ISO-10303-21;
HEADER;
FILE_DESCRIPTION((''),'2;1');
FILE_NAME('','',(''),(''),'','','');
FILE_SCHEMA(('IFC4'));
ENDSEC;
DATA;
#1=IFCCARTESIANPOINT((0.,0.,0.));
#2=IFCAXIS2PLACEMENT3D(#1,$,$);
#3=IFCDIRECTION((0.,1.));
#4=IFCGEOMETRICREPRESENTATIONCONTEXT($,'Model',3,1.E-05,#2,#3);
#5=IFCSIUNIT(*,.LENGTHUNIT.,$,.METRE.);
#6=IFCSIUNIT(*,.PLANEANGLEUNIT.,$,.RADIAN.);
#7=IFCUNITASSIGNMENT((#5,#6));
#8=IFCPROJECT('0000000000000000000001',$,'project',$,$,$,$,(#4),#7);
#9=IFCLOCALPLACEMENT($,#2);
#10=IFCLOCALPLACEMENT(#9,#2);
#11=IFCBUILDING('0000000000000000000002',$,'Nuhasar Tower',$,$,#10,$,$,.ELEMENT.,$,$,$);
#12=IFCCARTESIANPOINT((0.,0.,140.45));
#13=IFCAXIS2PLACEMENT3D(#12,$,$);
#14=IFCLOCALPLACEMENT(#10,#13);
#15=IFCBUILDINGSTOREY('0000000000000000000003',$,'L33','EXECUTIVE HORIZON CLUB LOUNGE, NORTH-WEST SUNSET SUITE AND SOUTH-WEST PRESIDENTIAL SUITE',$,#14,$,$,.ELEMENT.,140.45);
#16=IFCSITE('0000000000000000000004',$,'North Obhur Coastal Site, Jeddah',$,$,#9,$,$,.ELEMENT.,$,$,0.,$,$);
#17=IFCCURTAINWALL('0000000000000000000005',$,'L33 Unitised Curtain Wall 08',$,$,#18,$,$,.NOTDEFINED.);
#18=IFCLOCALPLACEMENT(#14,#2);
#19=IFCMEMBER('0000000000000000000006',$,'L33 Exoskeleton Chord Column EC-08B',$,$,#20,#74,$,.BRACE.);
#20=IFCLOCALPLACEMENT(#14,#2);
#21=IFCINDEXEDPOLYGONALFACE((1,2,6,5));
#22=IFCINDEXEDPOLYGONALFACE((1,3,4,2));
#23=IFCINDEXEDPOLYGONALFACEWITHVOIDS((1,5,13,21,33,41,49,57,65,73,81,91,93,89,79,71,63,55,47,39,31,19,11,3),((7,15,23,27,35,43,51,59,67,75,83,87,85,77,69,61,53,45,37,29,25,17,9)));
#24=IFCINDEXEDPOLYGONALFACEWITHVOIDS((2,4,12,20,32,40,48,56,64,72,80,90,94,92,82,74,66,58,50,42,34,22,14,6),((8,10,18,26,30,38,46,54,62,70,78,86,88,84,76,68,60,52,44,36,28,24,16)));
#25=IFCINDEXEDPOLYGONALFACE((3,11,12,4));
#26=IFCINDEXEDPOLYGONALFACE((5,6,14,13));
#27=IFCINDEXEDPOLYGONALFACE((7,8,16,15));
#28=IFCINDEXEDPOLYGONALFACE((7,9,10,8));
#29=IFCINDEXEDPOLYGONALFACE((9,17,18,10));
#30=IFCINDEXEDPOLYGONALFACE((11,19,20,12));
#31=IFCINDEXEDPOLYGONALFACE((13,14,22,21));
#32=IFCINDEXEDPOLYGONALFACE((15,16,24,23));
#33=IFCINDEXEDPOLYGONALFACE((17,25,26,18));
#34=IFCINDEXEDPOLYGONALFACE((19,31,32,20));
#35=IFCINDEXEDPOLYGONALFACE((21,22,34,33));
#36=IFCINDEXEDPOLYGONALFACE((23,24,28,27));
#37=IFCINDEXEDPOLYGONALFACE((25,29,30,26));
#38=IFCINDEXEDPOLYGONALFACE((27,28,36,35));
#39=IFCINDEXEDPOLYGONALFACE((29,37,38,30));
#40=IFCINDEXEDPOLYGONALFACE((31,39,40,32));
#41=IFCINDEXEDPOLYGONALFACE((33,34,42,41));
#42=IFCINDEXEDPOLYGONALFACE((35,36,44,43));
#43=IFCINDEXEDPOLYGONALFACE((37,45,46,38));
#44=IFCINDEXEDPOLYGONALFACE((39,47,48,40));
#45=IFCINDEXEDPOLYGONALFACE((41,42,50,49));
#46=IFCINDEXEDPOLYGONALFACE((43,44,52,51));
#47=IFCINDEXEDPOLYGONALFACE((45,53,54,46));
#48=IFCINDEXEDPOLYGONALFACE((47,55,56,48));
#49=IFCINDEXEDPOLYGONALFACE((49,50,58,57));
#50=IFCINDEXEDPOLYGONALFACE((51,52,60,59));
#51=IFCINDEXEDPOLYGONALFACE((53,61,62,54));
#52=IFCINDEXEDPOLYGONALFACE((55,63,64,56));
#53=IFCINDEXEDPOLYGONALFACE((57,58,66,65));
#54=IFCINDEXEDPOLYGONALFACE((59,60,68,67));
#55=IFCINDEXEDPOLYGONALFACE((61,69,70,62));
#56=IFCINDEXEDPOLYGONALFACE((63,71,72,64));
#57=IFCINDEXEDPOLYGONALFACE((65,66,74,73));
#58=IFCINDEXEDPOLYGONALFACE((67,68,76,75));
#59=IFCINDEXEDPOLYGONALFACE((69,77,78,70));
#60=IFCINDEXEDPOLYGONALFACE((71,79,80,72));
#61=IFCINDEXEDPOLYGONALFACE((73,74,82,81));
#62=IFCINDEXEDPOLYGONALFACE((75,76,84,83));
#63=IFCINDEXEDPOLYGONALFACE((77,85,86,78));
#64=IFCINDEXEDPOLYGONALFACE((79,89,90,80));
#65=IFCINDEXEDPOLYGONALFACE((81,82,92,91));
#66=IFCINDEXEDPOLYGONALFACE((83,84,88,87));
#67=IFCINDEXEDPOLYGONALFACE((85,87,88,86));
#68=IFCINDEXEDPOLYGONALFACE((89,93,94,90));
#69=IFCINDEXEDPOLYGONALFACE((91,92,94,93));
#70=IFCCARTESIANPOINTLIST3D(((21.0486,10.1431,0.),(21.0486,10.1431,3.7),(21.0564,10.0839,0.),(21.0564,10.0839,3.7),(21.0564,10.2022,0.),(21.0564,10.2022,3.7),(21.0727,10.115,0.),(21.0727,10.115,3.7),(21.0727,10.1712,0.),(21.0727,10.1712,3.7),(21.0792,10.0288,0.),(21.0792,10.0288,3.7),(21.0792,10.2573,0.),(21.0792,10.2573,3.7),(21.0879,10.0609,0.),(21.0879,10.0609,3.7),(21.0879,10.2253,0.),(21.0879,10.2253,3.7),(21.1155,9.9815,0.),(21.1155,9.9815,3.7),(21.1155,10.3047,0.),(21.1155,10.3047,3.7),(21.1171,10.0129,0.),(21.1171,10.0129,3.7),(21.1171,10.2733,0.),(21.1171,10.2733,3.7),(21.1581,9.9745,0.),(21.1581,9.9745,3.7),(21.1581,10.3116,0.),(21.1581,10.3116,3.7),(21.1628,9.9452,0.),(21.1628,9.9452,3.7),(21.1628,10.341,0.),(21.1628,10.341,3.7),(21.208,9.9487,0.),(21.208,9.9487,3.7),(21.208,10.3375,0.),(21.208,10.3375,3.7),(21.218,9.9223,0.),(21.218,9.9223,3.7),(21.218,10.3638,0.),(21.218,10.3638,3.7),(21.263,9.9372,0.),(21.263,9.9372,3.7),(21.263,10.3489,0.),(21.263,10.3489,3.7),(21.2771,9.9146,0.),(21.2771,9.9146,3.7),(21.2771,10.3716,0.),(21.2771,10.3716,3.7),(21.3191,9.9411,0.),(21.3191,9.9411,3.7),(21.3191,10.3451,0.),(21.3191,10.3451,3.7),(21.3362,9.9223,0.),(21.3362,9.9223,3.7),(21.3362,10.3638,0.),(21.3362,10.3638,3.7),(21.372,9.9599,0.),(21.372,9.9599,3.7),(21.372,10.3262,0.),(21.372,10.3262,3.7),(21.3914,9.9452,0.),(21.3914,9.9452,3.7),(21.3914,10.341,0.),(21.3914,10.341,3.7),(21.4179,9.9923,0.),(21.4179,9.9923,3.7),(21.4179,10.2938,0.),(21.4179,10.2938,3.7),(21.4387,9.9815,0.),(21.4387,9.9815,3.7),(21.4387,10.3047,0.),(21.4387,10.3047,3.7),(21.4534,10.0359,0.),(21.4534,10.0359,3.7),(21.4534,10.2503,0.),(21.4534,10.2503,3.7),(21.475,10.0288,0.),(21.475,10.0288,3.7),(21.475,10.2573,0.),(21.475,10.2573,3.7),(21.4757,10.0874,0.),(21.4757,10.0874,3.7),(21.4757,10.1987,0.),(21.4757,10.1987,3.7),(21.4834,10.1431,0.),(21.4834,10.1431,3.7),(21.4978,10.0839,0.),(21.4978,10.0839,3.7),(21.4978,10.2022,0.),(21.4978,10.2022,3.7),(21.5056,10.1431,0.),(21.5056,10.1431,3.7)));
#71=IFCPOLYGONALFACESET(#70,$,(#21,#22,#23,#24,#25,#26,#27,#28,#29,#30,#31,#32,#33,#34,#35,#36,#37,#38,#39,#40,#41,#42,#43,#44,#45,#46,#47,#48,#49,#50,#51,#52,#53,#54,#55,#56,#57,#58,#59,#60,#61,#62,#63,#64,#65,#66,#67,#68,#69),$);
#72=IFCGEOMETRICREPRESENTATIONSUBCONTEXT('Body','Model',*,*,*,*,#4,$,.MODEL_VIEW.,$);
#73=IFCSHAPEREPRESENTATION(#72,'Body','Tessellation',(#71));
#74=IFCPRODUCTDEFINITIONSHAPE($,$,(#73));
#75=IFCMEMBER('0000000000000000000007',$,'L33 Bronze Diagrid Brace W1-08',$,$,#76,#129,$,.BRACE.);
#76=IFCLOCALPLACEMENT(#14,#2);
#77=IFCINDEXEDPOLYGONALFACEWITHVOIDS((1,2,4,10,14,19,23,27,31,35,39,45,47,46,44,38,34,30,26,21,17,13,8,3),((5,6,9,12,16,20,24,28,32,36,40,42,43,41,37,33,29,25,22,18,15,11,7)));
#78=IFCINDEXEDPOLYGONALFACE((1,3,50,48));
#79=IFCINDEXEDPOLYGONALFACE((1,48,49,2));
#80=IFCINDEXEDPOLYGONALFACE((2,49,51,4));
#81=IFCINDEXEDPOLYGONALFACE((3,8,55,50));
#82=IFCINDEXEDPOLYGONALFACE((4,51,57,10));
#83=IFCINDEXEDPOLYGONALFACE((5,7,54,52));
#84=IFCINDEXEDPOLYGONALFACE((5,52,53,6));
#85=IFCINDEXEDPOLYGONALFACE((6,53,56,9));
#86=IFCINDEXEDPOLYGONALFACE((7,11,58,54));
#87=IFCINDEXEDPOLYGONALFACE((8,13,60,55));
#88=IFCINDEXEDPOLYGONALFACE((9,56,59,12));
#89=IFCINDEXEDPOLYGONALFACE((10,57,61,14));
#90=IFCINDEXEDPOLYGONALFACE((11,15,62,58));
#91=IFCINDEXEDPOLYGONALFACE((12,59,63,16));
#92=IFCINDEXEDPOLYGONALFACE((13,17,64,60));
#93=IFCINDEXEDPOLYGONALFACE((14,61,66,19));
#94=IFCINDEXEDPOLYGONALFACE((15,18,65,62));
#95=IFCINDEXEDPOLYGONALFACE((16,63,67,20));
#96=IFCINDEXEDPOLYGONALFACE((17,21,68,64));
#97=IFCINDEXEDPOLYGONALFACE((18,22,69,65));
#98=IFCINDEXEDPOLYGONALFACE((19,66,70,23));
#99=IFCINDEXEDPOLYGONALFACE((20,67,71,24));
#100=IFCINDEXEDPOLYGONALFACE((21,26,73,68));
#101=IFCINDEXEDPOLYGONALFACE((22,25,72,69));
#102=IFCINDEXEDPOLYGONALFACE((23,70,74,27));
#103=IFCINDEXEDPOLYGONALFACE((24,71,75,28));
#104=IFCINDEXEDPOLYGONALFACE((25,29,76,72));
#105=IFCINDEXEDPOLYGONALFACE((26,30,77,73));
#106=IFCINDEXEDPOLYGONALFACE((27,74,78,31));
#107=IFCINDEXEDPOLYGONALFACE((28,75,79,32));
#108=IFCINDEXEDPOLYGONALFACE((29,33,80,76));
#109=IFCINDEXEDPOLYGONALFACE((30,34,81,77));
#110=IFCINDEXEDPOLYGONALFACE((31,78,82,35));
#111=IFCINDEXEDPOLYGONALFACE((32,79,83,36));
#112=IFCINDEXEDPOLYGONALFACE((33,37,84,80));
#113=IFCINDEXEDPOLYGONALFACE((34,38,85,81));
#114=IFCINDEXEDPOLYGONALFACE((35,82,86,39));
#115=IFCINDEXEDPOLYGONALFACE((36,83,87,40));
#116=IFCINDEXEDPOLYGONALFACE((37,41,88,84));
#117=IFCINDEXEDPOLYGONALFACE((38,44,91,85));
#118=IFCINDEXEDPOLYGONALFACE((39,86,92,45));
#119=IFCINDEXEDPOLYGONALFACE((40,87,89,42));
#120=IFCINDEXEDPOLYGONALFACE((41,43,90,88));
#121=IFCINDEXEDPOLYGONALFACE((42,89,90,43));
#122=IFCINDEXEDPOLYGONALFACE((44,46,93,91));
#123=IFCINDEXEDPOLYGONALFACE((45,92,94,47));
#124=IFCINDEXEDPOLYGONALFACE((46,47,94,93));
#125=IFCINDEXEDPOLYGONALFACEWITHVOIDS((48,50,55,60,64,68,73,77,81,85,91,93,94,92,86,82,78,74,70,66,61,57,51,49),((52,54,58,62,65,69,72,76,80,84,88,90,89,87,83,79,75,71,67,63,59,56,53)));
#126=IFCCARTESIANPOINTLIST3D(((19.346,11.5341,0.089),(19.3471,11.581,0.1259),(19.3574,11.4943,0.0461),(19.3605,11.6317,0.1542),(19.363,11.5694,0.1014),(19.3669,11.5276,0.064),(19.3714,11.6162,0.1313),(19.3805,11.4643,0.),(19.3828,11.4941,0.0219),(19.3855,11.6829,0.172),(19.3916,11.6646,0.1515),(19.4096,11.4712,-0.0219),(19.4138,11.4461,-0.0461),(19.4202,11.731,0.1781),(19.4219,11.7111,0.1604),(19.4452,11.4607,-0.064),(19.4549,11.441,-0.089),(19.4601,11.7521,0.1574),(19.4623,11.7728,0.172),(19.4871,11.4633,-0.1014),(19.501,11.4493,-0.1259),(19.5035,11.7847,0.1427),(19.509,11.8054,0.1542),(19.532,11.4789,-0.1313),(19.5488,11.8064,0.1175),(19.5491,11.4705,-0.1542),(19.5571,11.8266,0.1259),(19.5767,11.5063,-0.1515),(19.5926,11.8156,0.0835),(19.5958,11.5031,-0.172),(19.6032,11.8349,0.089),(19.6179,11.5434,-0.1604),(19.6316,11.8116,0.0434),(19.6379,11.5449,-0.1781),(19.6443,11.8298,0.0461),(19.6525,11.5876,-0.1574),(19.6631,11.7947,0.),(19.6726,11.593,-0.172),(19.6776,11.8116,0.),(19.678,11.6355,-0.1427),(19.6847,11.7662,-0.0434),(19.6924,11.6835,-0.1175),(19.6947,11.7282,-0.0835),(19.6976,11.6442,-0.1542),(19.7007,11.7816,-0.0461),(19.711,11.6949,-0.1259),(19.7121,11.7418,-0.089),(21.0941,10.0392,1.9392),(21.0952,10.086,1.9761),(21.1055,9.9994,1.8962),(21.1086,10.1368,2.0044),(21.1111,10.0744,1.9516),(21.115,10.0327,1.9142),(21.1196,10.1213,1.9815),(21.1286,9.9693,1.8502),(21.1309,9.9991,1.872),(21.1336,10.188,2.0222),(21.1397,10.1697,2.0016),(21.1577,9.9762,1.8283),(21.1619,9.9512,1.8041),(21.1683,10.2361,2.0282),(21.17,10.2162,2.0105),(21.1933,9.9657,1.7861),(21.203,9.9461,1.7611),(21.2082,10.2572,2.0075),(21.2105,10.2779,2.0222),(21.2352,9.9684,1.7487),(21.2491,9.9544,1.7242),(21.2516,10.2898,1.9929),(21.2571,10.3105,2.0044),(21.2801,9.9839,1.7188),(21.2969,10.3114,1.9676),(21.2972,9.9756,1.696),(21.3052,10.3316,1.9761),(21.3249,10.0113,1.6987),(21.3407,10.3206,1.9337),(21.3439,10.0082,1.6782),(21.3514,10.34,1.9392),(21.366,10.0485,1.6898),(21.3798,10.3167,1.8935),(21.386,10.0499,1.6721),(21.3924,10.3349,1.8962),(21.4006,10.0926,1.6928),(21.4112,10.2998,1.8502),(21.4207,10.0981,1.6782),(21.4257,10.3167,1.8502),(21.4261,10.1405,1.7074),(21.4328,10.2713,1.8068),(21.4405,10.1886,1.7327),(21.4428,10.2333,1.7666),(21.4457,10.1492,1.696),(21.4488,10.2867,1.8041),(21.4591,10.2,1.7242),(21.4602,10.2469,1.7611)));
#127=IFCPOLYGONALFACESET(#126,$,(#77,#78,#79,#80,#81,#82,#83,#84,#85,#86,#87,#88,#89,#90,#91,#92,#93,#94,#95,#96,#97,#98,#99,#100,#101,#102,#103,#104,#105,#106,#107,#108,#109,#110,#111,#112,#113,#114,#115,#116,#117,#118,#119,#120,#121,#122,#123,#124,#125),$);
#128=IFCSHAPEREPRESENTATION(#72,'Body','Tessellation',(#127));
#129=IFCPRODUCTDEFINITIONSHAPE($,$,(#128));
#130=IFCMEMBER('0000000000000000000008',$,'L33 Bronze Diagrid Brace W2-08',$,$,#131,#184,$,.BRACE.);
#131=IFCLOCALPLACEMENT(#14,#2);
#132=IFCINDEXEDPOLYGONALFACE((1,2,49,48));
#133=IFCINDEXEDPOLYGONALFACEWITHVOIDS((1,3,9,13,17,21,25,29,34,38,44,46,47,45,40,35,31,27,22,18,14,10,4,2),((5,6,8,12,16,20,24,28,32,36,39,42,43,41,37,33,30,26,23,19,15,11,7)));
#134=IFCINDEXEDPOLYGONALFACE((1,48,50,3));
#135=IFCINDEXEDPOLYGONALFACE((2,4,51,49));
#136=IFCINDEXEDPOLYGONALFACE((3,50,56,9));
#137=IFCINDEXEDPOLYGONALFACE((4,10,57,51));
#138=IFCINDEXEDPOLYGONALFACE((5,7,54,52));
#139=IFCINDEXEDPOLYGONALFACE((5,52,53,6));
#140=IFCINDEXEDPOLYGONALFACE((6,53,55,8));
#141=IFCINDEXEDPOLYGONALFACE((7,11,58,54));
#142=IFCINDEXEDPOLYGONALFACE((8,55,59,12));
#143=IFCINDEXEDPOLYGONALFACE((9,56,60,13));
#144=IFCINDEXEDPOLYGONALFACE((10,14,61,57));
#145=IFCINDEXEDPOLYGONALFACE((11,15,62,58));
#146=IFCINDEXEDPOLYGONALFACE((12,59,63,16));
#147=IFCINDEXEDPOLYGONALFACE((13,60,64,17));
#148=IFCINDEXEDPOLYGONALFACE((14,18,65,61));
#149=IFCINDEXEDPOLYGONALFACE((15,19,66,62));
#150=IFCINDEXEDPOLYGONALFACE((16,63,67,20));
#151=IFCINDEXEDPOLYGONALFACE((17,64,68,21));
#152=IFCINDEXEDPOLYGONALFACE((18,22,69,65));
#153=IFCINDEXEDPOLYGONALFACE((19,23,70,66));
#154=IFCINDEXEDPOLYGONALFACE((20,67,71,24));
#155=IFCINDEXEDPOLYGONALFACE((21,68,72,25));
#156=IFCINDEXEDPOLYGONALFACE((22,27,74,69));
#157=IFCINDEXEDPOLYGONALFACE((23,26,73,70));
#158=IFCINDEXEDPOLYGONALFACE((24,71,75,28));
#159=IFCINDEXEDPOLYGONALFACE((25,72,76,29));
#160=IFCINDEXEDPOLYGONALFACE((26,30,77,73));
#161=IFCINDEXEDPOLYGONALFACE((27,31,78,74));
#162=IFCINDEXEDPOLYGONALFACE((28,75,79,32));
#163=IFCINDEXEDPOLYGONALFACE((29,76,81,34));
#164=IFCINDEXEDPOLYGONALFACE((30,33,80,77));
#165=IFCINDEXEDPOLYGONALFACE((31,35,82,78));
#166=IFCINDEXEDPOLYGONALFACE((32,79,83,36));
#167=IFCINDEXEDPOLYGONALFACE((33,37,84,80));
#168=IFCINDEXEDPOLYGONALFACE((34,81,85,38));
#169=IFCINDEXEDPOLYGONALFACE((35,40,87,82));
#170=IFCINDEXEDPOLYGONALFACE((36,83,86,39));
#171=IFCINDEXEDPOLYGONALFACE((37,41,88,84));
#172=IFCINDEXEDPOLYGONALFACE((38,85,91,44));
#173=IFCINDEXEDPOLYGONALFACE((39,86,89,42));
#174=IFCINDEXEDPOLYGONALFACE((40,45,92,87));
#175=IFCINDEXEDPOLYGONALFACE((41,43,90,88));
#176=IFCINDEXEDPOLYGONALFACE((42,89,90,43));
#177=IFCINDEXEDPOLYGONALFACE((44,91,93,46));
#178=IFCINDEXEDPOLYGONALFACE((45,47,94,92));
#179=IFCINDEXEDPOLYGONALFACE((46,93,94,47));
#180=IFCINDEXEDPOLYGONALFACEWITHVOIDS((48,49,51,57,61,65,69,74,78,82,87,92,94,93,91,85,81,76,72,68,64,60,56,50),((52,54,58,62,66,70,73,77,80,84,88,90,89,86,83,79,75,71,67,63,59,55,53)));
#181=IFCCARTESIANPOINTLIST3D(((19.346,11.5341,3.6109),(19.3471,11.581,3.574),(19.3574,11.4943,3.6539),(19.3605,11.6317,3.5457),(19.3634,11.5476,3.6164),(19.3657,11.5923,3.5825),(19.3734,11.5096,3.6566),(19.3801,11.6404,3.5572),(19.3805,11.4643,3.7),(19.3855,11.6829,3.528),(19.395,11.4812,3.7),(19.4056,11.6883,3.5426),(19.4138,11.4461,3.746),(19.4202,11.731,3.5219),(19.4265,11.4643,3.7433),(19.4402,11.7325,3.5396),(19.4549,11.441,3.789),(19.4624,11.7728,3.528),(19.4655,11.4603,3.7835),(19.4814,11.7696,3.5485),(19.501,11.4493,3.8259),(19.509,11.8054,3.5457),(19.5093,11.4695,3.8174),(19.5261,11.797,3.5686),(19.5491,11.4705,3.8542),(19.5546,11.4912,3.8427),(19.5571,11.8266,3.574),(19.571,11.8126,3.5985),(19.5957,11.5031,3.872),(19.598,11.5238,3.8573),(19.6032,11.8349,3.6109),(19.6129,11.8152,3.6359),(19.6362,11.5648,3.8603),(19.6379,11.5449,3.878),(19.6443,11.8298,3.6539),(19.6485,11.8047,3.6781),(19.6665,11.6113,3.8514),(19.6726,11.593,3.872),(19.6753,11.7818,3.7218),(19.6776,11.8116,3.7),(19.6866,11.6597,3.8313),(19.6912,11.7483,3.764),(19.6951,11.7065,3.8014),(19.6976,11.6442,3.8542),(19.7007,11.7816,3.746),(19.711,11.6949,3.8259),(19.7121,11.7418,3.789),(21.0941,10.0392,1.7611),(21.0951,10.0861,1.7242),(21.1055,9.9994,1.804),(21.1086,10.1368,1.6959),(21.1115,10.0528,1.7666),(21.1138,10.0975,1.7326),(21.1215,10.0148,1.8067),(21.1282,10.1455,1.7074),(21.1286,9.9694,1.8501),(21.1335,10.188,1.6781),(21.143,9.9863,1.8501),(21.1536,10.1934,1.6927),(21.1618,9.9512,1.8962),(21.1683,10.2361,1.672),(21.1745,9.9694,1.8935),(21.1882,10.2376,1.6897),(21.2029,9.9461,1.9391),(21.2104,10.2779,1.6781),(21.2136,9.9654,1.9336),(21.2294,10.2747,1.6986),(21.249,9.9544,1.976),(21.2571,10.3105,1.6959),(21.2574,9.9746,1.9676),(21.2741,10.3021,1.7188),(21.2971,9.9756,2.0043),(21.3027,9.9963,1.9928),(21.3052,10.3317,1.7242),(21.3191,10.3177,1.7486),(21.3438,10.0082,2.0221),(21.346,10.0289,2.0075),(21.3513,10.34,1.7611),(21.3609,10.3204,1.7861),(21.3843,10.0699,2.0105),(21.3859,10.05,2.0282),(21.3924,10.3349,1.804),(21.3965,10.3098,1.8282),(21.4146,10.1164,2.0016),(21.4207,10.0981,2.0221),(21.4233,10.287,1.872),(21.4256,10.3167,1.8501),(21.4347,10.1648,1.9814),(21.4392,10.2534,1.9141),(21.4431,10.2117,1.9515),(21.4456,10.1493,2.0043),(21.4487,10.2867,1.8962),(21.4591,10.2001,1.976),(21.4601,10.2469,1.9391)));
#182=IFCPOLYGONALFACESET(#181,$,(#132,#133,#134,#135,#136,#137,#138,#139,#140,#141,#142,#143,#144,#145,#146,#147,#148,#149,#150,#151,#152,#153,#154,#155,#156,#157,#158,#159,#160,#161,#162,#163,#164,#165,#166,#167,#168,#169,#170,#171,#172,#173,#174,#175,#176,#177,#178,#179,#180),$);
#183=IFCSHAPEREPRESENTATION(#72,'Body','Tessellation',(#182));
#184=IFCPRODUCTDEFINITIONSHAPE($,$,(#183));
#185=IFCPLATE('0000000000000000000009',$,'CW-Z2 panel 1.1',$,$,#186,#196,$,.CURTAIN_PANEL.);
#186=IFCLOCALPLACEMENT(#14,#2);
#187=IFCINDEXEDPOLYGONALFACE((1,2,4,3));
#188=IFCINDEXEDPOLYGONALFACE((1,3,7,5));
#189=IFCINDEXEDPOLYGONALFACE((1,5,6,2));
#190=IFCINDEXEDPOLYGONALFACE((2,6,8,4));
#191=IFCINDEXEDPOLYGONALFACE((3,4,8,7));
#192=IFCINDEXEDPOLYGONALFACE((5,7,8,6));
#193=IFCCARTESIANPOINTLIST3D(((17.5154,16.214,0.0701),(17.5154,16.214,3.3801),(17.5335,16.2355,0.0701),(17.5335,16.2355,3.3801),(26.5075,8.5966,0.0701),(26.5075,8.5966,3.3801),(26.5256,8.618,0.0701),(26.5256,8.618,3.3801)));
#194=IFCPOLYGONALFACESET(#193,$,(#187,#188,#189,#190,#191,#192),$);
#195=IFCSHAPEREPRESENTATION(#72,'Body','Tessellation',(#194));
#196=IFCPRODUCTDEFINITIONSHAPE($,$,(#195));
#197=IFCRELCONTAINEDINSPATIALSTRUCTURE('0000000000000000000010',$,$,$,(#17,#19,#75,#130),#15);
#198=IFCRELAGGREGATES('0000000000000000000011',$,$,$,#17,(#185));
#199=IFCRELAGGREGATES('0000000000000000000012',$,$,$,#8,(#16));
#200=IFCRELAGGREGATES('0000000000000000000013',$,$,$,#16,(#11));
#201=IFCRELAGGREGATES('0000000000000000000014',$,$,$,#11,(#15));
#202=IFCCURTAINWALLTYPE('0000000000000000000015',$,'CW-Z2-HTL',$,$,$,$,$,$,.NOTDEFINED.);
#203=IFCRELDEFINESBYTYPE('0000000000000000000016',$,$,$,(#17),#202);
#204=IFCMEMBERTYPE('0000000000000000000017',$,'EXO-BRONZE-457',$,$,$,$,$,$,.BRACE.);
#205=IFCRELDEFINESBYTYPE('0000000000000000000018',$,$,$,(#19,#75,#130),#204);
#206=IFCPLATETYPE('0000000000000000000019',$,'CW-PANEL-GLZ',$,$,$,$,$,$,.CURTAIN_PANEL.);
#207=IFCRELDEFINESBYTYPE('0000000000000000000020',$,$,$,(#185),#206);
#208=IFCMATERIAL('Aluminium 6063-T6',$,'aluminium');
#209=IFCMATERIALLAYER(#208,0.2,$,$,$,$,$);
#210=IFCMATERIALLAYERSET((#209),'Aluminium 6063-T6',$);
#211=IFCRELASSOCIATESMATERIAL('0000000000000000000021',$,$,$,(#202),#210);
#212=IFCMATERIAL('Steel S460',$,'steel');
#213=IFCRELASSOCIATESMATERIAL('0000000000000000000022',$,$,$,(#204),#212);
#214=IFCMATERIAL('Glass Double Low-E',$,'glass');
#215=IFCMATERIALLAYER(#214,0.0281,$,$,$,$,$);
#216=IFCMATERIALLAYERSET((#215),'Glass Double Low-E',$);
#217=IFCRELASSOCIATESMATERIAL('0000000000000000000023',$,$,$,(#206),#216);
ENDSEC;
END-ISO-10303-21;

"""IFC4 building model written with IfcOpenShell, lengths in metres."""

from ifc_helpers import new_model, si_unit, direction, frame, origin, origin_2d, place, context, subcontext, project, spatial, rectangle, hollow_circle, extrude, material, layer, layer_set, material_profile, profile_set, type_object, element, aggregate, save


model = new_model("IFC4")

# Units and contexts
model_context = context("Model", 3, precision=1e-05, world=origin(), true_north=direction((0.0, 1.0)))
body_context = subcontext(model_context, "Body", "Model", "MODEL_VIEW")
ifc_project = project(units=[si_unit("LENGTHUNIT", "METRE"), si_unit("PLANEANGLEUNIT", "RADIAN")], contexts=[model_context])

# Site, building, storey
site_placement = place(None, origin())
site = spatial("IfcSite", under=ifc_project, at=site_placement, Name="North Obhur Coastal Site, Jeddah", CompositionType="ELEMENT", RefElevation=0.0)
building_placement = place(site_placement, origin())
building = spatial("IfcBuilding", under=site, at=building_placement, Name="Nuhasar Tower", CompositionType="ELEMENT")
storey_placement = place(building_placement, frame((0.0, 0.0, 140.45)))
storey = spatial("IfcBuildingStorey", under=building, at=storey_placement, Name="L33", Description="EXECUTIVE HORIZON CLUB LOUNGE, NORTH-WEST SUNSET SUITE AND SOUTH-WEST PRESIDENTIAL SUITE", CompositionType="ELEMENT", Elevation=140.45)

# Curtain wall
ifc_material_1 = material(Name="Aluminium 6063-T6", Category="aluminium")
ifc_layer_1 = layer(ifc_material_1, 0.2)
ifc_layer_set_1 = layer_set([ifc_layer_1], Name="Aluminium 6063-T6")
curtain_wall_type = type_object("IfcCurtainWallType", Name="CW-Z2-HTL", PredefinedType="NOTDEFINED", material=ifc_layer_set_1)
curtain_wall_1_placement = place(storey_placement, origin())
curtain_wall_1 = element("IfcCurtainWall", 1, at=curtain_wall_1_placement, inside=storey, type_object=curtain_wall_type, Name="L33 Unitised Curtain Wall 08", PredefinedType="NOTDEFINED")

# Members
ifc_material_2 = material(Name="Steel S460", Category="steel")
ifc_material_profile_1 = material_profile(ifc_material_2, hollow_circle(Radius=0.2285, WallThickness=0.0222, at=origin_2d()), Name="HSS457X22.2")
ifc_profile_set_1 = profile_set([ifc_material_profile_1], Name="Steel S460")
member_type_1 = type_object("IfcMemberType", Name="EXO-BRONZE-457", PredefinedType="BRACE", material=ifc_profile_set_1)
for number, where, z_axis, x_axis, name in (
    (2, (21.2771, 10.1431, 0.0), (0.0, 0.0, 1.0), (1.0, 0.0, 0.0), "L33 Exoskeleton Chord Column EC-08B"),
):
    element("IfcMember", number, at=place(storey_placement, frame(where, z_axis=z_axis, x_axis=x_axis)), inside=storey, type_object=member_type_1, Name=name, PredefinedType="BRACE", context=body_context, shape_type="SweptSolid", body=[
        extrude(hollow_circle(Radius=0.2285, WallThickness=0.0222, at=origin_2d()), origin(), (0.0, 0.0, 1.0), 3.7),
    ])
member_1_placement = place(storey_placement, frame((19.5291, 11.6379, 0.0), z_axis=(0.592195, -0.506426, 0.626767), x_axis=(0.649926, 0.759998, 0.0)))
element("IfcMember", 3, at=member_1_placement, inside=storey, type_object=member_type_1, Name="L33 Bronze Diagrid Brace W1-08", PredefinedType="BRACE", context=body_context, shape_type="SweptSolid", body=[
    extrude(hollow_circle(Radius=0.2285, WallThickness=0.0222, at=origin_2d()), origin(), (0.0, 0.0, 1.0), 2.9519),
])
member_2_placement = place(storey_placement, frame((21.2771, 10.1431, 1.8501), z_axis=(-0.592226, 0.506452, 0.626717), x_axis=(-0.649926, -0.759998, 0.0)))
element("IfcMember", 4, at=member_2_placement, inside=storey, type_object=member_type_1, Name="L33 Bronze Diagrid Brace W2-08", PredefinedType="BRACE", context=body_context, shape_type="SweptSolid", body=[
    extrude(hollow_circle(Radius=0.2285, WallThickness=0.0222, at=origin_2d()), origin(), (0.0, 0.0, 1.0), 2.9517),
])

# Plate
ifc_material_3 = material(Name="Glass Double Low-E", Category="glass")
ifc_layer_2 = layer(ifc_material_3, 0.0281)
ifc_layer_set_2 = layer_set([ifc_layer_2], Name="Glass Double Low-E")
plate_type = type_object("IfcPlateType", Name="CW-PANEL-GLZ", PredefinedType="CURTAIN_PANEL", material=ifc_layer_set_2)
plate_placement = place(storey_placement, frame((22.0205, 12.416, 0.0701), z_axis=(0.0, 0.0, 1.0), x_axis=(0.76302, -0.646374, 0.0)))
plate = element("IfcPlate", 5, at=plate_placement, type_object=plate_type, Name="CW-Z2 panel 1.1", PredefinedType="CURTAIN_PANEL", context=body_context, shape_type="SweptSolid", body=[
    extrude(rectangle(XDim=11.7849, YDim=0.0281, at=origin_2d()), origin(), (0.0, 0.0, 1.0), 3.3101),
])
aggregate(curtain_wall_1, [plate])

save(model, "model.ifc")
